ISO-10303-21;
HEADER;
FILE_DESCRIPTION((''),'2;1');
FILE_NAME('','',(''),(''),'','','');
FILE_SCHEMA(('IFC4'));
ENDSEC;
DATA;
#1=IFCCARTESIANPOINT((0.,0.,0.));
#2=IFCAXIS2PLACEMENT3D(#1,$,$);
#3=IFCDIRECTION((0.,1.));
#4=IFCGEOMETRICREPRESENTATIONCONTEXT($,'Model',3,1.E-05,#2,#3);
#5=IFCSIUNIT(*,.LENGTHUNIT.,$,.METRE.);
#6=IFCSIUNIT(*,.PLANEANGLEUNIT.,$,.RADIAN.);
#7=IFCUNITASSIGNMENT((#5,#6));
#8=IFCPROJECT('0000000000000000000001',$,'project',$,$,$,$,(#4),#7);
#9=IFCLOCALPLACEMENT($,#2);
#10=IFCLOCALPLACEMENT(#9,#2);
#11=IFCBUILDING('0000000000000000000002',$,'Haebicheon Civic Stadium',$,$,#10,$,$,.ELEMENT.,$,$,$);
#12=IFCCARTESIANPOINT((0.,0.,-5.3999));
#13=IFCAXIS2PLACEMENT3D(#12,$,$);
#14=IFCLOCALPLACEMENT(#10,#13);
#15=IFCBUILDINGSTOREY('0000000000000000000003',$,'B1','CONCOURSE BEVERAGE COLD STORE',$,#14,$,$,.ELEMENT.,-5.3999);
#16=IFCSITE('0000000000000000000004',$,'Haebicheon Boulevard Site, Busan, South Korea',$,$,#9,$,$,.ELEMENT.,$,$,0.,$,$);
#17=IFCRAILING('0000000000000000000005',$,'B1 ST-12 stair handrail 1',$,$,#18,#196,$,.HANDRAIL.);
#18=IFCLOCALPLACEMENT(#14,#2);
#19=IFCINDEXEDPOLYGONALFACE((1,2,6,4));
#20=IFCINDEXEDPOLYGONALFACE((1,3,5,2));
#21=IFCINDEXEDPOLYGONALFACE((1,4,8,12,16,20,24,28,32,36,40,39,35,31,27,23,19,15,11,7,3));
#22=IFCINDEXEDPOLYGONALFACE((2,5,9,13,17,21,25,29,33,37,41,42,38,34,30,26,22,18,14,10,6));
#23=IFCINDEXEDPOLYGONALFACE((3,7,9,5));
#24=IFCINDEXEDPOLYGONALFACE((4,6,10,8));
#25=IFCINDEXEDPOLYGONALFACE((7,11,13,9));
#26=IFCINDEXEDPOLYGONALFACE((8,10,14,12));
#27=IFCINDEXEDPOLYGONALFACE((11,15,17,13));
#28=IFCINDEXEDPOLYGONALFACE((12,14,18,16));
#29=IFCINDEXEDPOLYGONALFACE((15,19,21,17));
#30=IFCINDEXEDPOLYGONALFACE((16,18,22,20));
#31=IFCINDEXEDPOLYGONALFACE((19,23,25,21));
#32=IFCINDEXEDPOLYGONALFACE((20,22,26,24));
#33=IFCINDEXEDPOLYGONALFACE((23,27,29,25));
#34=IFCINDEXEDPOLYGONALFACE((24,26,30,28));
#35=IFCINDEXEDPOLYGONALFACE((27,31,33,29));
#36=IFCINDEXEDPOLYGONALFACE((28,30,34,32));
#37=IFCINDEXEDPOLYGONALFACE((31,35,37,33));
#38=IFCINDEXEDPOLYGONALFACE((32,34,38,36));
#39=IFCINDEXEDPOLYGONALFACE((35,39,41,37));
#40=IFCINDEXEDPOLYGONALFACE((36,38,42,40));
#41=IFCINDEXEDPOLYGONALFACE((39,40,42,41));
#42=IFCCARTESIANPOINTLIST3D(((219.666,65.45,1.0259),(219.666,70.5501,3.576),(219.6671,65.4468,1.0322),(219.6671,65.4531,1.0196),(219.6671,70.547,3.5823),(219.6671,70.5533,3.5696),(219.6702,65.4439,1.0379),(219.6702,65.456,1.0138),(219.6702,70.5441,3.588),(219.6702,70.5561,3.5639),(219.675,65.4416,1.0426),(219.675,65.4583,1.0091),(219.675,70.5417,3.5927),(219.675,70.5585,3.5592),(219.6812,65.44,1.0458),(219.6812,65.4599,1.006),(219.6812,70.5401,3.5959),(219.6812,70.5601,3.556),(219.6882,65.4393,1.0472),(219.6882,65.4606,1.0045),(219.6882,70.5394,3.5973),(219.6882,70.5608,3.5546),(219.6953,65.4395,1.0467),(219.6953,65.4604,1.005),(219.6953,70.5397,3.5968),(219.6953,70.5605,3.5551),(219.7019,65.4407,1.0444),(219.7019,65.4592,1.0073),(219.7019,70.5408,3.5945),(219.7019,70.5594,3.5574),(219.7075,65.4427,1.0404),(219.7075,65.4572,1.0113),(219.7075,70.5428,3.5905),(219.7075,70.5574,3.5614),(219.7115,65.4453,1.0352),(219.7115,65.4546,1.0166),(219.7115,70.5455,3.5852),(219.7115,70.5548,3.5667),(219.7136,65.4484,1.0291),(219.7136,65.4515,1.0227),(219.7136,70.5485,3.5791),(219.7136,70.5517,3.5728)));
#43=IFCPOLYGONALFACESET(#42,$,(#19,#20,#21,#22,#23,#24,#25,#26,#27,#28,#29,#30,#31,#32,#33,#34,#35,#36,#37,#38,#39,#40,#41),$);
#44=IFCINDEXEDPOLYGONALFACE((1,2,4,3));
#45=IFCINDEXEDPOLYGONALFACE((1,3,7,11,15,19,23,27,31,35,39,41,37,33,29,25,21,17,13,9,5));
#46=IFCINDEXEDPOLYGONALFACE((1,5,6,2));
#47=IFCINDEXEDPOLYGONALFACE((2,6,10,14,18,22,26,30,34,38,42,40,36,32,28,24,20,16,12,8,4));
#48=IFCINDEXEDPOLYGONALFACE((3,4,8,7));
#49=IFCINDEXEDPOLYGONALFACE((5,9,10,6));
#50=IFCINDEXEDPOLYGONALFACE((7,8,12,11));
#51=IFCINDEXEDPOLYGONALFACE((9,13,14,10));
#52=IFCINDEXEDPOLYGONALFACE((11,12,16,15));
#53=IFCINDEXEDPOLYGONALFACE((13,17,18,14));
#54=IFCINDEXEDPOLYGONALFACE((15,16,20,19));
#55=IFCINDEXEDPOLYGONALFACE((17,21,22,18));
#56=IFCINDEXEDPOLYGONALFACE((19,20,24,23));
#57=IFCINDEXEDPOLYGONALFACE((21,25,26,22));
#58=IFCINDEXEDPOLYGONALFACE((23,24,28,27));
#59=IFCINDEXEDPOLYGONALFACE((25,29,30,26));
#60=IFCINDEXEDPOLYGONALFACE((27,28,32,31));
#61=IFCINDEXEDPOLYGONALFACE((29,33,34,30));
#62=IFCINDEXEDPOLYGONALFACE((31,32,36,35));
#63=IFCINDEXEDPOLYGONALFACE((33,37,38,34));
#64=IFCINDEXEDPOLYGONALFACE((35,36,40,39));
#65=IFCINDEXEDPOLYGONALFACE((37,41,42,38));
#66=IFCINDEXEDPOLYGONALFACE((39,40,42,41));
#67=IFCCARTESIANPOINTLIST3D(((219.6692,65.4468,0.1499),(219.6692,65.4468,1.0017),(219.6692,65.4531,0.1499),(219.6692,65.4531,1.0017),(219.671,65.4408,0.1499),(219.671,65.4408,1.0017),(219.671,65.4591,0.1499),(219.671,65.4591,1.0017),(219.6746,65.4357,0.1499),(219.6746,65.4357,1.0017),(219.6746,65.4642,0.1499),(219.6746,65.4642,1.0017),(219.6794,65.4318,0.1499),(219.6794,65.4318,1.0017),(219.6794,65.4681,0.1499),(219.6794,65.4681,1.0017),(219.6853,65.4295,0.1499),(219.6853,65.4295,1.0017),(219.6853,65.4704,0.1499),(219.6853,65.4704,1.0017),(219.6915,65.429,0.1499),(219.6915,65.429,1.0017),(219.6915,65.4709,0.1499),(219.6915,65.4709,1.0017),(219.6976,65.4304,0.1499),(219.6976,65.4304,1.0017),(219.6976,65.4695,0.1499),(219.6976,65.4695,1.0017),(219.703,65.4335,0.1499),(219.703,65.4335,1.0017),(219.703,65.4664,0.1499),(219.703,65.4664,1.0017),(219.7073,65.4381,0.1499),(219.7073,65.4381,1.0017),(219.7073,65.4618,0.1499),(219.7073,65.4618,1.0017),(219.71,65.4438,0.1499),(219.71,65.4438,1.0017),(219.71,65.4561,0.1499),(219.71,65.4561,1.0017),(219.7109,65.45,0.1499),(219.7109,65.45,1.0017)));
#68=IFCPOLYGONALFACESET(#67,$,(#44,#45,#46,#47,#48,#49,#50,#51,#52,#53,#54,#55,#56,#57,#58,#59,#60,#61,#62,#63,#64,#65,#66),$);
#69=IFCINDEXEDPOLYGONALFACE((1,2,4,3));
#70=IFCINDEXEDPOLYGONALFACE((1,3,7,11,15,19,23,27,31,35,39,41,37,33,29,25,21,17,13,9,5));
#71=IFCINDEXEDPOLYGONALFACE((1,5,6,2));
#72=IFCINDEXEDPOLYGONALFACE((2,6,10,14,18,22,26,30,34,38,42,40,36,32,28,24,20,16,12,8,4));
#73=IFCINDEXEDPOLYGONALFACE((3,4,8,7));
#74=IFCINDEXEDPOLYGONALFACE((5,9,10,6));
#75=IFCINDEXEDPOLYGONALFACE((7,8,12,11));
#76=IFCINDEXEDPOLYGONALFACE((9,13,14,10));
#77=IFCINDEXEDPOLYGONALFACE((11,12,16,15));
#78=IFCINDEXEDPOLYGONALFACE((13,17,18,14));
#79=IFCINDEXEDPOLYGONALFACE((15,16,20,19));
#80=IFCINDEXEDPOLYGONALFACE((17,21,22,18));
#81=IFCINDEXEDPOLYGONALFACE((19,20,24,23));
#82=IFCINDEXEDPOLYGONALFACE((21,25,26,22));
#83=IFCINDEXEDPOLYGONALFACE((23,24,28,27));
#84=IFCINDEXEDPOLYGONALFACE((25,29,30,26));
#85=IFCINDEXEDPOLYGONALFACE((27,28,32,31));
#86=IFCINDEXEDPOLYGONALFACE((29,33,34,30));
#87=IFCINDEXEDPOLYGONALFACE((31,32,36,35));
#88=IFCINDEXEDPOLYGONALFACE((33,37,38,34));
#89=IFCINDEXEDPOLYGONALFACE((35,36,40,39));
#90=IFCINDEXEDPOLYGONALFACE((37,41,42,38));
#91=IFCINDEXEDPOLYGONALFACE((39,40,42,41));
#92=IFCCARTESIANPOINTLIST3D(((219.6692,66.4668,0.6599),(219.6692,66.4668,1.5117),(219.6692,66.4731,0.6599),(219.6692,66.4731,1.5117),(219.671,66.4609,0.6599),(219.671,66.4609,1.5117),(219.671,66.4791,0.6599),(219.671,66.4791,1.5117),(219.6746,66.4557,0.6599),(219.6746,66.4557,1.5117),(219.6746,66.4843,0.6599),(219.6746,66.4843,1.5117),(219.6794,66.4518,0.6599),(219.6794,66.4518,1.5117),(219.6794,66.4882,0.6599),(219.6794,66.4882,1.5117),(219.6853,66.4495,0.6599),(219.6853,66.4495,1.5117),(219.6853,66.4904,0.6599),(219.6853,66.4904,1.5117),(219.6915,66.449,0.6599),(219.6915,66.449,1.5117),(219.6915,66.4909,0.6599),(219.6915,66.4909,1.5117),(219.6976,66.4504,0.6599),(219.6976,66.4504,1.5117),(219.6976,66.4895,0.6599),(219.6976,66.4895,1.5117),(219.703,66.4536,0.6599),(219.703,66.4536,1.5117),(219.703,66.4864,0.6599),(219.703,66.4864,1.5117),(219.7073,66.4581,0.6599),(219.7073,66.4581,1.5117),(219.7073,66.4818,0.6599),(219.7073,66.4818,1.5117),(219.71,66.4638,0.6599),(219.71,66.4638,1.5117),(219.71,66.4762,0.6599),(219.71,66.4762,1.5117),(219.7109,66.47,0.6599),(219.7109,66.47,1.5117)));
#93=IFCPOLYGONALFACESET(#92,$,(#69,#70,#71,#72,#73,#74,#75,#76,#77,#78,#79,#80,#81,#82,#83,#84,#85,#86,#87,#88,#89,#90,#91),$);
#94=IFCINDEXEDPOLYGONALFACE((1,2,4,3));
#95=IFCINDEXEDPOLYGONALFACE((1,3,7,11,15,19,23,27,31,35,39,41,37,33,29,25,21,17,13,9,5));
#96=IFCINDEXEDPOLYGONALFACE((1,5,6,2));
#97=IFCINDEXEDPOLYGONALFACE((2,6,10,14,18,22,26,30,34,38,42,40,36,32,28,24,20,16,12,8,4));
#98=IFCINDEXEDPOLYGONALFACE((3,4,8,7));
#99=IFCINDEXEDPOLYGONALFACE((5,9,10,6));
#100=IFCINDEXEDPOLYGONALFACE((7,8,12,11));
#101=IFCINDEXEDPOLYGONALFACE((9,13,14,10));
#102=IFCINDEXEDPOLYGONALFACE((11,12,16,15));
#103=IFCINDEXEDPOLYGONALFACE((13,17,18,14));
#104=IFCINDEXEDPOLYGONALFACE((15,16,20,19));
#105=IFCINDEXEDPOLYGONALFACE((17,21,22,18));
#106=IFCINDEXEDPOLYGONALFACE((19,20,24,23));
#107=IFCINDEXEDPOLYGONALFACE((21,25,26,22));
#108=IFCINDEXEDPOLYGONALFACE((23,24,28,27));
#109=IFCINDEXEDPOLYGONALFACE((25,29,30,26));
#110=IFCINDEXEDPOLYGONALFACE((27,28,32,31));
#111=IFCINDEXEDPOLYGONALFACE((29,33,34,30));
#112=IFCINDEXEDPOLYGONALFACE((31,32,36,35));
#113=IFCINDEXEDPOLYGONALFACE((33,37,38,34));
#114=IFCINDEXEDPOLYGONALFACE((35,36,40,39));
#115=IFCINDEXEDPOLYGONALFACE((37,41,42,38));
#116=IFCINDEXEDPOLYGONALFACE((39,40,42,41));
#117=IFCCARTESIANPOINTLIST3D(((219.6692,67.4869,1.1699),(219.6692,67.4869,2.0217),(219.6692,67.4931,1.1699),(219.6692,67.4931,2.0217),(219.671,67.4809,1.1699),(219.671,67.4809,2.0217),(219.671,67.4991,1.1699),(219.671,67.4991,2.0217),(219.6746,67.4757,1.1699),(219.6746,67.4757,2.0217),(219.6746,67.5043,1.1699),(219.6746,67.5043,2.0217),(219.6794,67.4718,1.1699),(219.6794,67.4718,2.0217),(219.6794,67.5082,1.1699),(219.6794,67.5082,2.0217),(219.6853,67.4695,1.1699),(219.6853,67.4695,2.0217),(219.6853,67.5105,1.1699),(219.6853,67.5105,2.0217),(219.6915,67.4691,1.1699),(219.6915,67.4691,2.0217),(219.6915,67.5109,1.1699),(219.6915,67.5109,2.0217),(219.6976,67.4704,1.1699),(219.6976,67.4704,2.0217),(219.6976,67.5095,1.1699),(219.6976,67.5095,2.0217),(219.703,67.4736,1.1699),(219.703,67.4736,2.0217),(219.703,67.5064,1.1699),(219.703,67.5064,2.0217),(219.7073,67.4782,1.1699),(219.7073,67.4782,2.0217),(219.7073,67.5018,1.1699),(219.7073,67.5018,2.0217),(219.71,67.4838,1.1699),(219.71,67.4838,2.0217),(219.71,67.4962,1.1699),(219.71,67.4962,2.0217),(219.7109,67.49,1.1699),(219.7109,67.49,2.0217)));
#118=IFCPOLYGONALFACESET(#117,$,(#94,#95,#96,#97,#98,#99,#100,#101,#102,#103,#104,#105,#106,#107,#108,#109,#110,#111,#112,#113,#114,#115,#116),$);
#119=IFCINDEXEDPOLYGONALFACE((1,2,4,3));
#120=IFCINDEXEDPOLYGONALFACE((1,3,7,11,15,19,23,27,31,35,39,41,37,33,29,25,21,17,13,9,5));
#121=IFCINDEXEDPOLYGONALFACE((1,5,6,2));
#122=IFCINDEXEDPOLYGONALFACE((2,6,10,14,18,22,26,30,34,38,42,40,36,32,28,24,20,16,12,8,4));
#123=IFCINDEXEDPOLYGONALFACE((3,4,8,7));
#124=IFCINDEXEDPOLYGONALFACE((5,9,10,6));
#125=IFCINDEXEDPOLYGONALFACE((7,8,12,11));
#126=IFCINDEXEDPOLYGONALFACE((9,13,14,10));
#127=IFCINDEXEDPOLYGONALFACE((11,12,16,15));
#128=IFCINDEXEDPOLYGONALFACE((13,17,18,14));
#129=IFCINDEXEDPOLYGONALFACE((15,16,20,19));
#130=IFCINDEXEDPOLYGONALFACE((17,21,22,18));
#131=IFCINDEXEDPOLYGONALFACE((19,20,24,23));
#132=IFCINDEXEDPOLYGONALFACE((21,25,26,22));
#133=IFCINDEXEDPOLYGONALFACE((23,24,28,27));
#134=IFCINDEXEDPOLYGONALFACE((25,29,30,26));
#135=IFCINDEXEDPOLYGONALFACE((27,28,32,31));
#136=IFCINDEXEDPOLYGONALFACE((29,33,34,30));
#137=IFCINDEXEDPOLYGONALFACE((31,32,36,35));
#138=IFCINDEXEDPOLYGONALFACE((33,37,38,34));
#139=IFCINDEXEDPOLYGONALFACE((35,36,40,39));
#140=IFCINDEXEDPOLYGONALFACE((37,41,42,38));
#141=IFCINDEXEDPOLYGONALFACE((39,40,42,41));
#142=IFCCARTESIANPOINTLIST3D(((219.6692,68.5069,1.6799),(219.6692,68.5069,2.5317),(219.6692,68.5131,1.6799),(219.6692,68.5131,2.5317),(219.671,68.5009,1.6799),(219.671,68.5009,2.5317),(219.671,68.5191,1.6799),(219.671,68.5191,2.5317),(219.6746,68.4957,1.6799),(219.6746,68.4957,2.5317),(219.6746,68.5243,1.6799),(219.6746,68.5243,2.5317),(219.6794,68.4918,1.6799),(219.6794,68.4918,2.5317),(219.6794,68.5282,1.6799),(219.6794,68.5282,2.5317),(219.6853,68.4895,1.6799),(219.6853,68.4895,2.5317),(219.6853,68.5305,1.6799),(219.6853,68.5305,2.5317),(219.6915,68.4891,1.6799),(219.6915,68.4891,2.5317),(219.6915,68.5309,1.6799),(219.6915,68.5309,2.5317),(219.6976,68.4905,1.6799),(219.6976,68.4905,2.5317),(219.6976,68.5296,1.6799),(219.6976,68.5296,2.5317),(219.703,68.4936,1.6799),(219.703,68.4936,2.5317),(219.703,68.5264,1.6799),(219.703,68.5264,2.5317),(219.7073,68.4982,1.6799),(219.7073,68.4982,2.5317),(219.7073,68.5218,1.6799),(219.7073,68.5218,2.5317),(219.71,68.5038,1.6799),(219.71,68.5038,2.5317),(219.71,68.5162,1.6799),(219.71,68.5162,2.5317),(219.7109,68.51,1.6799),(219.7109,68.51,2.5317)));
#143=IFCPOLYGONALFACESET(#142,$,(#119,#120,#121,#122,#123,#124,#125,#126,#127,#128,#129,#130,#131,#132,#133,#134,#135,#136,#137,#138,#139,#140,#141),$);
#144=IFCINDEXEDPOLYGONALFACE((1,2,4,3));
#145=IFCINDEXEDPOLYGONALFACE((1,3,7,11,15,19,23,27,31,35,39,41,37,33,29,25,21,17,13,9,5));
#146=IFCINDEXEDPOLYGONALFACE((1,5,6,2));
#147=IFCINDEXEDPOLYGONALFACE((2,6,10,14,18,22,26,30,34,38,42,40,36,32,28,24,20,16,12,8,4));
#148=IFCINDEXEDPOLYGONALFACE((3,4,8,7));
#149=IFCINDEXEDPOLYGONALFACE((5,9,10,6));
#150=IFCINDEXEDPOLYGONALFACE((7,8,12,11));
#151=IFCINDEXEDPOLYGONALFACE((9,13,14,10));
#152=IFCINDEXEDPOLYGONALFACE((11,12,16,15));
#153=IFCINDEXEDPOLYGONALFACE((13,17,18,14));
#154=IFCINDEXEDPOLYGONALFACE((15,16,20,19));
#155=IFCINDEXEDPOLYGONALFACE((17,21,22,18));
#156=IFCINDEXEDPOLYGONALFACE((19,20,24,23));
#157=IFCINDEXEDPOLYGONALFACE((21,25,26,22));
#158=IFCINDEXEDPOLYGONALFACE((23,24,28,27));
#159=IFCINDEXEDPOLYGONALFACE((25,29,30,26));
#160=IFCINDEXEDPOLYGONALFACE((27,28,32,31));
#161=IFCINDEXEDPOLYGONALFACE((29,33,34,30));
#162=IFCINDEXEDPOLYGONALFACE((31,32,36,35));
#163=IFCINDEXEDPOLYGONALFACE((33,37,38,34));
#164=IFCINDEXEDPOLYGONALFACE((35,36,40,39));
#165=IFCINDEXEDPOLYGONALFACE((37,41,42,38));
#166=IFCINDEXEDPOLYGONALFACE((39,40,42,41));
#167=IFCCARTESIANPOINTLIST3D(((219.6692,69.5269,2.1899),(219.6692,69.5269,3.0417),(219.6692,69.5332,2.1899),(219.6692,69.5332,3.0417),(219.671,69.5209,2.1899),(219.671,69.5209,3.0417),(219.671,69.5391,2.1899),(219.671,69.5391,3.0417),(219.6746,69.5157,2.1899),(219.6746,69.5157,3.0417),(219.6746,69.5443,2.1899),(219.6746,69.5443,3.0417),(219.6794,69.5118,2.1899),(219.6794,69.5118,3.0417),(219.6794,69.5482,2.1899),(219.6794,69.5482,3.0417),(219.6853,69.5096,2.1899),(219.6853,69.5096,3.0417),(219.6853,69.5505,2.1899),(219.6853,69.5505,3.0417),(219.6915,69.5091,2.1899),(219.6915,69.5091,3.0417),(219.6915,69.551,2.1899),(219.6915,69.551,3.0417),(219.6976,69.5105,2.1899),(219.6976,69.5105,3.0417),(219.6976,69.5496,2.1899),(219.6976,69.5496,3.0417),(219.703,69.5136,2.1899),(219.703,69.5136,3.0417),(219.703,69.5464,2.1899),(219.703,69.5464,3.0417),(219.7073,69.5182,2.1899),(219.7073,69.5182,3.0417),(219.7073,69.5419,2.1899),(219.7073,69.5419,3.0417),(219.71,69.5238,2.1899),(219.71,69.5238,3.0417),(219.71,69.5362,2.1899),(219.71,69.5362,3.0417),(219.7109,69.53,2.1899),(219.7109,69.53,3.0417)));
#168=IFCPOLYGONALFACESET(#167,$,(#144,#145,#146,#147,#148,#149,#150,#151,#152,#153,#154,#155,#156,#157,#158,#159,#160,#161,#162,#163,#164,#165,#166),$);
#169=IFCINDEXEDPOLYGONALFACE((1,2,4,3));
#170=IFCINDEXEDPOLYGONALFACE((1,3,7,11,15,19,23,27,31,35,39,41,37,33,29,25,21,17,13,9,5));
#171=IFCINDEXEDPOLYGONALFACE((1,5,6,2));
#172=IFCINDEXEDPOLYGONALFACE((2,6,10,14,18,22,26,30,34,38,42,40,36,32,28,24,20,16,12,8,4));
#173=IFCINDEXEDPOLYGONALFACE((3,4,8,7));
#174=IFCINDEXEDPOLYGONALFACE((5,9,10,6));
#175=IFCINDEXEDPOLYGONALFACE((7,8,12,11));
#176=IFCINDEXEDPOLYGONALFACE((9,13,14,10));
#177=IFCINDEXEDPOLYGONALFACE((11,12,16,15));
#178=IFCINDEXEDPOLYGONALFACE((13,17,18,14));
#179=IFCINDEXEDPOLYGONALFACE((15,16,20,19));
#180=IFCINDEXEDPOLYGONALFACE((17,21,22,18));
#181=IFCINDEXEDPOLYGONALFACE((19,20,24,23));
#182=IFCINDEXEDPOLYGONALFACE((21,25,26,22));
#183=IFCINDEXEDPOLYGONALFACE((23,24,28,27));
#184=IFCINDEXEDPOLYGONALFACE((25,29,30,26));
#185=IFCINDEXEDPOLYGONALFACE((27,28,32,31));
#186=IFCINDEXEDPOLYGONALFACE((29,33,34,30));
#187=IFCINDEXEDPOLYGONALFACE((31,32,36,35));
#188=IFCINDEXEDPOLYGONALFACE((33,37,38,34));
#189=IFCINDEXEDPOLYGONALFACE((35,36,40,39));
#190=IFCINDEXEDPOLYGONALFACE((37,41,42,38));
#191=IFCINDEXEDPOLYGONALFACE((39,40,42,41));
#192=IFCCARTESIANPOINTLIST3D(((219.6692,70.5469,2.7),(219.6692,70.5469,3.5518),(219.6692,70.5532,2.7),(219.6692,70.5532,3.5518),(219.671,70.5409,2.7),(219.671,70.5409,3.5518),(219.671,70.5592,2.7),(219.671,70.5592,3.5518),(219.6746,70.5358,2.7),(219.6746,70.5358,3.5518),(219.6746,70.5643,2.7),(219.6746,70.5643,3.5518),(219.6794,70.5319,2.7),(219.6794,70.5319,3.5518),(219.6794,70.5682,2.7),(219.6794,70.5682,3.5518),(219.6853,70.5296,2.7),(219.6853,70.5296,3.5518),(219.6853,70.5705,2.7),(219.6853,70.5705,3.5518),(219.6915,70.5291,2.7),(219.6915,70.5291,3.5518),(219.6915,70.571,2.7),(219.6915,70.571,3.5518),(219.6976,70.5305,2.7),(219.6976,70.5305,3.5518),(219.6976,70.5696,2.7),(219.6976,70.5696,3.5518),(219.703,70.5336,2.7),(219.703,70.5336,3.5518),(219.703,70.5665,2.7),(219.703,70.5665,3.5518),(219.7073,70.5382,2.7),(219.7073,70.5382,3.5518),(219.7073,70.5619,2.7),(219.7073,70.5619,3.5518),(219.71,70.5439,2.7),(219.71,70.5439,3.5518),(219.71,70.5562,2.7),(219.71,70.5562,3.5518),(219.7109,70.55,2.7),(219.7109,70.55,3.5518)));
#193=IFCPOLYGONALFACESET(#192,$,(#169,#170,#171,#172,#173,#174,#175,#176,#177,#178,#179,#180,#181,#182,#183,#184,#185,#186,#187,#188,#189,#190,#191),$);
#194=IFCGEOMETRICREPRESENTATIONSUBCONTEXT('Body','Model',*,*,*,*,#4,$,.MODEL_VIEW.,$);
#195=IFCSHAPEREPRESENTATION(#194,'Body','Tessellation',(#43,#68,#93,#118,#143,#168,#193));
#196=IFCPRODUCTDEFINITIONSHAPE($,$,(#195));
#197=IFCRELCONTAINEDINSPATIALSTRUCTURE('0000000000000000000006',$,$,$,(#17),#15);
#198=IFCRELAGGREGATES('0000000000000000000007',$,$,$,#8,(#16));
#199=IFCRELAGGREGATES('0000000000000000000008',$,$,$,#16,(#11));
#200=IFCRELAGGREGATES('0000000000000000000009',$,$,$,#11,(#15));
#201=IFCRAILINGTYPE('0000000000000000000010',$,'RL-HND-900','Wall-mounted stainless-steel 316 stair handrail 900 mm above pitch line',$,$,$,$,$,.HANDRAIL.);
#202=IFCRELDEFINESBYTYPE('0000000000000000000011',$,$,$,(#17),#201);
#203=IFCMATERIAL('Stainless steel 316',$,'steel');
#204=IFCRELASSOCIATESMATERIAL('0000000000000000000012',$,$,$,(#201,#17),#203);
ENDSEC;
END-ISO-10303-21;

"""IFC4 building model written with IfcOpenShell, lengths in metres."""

from ifc_helpers import new_model, si_unit, direction, frame, origin, origin_2d, place, context, subcontext, project, spatial, circle, extrude, material, type_object, element, save


model = new_model("IFC4")

# Units and contexts
model_context = context("Model", 3, precision=1e-05, world=origin(), true_north=direction((0.0, 1.0)))
body_context = subcontext(model_context, "Body", "Model", "MODEL_VIEW")
ifc_project = project(units=[si_unit("LENGTHUNIT", "METRE"), si_unit("PLANEANGLEUNIT", "RADIAN")], contexts=[model_context])

# Site, building, storey
site_placement = place(None, origin())
site = spatial("IfcSite", under=ifc_project, at=site_placement, Name="Haebicheon Boulevard Site, Busan, South Korea", CompositionType="ELEMENT", RefElevation=0.0)
building_placement = place(site_placement, origin())
building = spatial("IfcBuilding", under=site, at=building_placement, Name="Haebicheon Civic Stadium", CompositionType="ELEMENT")
storey_placement = place(building_placement, frame((0.0, 0.0, -5.3999)))
storey = spatial("IfcBuildingStorey", under=building, at=storey_placement, Name="B1", Description="CONCOURSE BEVERAGE COLD STORE", CompositionType="ELEMENT", Elevation=-5.3999)

# Railing
ifc_material_1 = material(Name="Stainless steel 316", Category="steel")
railing_type_1 = type_object("IfcRailingType", Name="RL-HND-900", Description="Wall-mounted stainless-steel 316 stair handrail 900 mm above pitch line", PredefinedType="HANDRAIL", material=ifc_material_1)
railing_1_placement = place(storey_placement, frame((219.6899, 65.45, 0.1499)))
element("IfcRailing", 1, at=railing_1_placement, inside=storey, type_object=railing_type_1, material=ifc_material_1, Name="B1 ST-12 stair handrail 1", PredefinedType="HANDRAIL", context=body_context, shape_type="SweptSolid", body=[
    extrude(circle(Radius=0.0239, at=origin_2d()), frame((0.0, 0.0, 0.876), z_axis=(0.0, 0.894427, 0.447214), x_axis=(-1.0, 0.0, 0.0)), (0.0, 0.0, 1.0), 5.7021),
    extrude(circle(Radius=0.021, at=origin_2d()), origin(), (0.0, 0.0, 1.0), 0.8518),
    extrude(circle(Radius=0.021, at=origin_2d()), frame((0.0, 1.02, 0.51)), (0.0, 0.0, 1.0), 0.8518),
    extrude(circle(Radius=0.021, at=origin_2d()), frame((0.0, 2.04, 1.02)), (0.0, 0.0, 1.0), 0.8518),
    extrude(circle(Radius=0.021, at=origin_2d()), frame((0.0, 3.0601, 1.53)), (0.0, 0.0, 1.0), 0.8518),
    extrude(circle(Radius=0.021, at=origin_2d()), frame((0.0, 4.0801, 2.04)), (0.0, 0.0, 1.0), 0.8518),
    extrude(circle(Radius=0.021, at=origin_2d()), frame((0.0, 5.1001, 2.55)), (0.0, 0.0, 1.0), 0.8518),
])

save(model, "model.ifc")
